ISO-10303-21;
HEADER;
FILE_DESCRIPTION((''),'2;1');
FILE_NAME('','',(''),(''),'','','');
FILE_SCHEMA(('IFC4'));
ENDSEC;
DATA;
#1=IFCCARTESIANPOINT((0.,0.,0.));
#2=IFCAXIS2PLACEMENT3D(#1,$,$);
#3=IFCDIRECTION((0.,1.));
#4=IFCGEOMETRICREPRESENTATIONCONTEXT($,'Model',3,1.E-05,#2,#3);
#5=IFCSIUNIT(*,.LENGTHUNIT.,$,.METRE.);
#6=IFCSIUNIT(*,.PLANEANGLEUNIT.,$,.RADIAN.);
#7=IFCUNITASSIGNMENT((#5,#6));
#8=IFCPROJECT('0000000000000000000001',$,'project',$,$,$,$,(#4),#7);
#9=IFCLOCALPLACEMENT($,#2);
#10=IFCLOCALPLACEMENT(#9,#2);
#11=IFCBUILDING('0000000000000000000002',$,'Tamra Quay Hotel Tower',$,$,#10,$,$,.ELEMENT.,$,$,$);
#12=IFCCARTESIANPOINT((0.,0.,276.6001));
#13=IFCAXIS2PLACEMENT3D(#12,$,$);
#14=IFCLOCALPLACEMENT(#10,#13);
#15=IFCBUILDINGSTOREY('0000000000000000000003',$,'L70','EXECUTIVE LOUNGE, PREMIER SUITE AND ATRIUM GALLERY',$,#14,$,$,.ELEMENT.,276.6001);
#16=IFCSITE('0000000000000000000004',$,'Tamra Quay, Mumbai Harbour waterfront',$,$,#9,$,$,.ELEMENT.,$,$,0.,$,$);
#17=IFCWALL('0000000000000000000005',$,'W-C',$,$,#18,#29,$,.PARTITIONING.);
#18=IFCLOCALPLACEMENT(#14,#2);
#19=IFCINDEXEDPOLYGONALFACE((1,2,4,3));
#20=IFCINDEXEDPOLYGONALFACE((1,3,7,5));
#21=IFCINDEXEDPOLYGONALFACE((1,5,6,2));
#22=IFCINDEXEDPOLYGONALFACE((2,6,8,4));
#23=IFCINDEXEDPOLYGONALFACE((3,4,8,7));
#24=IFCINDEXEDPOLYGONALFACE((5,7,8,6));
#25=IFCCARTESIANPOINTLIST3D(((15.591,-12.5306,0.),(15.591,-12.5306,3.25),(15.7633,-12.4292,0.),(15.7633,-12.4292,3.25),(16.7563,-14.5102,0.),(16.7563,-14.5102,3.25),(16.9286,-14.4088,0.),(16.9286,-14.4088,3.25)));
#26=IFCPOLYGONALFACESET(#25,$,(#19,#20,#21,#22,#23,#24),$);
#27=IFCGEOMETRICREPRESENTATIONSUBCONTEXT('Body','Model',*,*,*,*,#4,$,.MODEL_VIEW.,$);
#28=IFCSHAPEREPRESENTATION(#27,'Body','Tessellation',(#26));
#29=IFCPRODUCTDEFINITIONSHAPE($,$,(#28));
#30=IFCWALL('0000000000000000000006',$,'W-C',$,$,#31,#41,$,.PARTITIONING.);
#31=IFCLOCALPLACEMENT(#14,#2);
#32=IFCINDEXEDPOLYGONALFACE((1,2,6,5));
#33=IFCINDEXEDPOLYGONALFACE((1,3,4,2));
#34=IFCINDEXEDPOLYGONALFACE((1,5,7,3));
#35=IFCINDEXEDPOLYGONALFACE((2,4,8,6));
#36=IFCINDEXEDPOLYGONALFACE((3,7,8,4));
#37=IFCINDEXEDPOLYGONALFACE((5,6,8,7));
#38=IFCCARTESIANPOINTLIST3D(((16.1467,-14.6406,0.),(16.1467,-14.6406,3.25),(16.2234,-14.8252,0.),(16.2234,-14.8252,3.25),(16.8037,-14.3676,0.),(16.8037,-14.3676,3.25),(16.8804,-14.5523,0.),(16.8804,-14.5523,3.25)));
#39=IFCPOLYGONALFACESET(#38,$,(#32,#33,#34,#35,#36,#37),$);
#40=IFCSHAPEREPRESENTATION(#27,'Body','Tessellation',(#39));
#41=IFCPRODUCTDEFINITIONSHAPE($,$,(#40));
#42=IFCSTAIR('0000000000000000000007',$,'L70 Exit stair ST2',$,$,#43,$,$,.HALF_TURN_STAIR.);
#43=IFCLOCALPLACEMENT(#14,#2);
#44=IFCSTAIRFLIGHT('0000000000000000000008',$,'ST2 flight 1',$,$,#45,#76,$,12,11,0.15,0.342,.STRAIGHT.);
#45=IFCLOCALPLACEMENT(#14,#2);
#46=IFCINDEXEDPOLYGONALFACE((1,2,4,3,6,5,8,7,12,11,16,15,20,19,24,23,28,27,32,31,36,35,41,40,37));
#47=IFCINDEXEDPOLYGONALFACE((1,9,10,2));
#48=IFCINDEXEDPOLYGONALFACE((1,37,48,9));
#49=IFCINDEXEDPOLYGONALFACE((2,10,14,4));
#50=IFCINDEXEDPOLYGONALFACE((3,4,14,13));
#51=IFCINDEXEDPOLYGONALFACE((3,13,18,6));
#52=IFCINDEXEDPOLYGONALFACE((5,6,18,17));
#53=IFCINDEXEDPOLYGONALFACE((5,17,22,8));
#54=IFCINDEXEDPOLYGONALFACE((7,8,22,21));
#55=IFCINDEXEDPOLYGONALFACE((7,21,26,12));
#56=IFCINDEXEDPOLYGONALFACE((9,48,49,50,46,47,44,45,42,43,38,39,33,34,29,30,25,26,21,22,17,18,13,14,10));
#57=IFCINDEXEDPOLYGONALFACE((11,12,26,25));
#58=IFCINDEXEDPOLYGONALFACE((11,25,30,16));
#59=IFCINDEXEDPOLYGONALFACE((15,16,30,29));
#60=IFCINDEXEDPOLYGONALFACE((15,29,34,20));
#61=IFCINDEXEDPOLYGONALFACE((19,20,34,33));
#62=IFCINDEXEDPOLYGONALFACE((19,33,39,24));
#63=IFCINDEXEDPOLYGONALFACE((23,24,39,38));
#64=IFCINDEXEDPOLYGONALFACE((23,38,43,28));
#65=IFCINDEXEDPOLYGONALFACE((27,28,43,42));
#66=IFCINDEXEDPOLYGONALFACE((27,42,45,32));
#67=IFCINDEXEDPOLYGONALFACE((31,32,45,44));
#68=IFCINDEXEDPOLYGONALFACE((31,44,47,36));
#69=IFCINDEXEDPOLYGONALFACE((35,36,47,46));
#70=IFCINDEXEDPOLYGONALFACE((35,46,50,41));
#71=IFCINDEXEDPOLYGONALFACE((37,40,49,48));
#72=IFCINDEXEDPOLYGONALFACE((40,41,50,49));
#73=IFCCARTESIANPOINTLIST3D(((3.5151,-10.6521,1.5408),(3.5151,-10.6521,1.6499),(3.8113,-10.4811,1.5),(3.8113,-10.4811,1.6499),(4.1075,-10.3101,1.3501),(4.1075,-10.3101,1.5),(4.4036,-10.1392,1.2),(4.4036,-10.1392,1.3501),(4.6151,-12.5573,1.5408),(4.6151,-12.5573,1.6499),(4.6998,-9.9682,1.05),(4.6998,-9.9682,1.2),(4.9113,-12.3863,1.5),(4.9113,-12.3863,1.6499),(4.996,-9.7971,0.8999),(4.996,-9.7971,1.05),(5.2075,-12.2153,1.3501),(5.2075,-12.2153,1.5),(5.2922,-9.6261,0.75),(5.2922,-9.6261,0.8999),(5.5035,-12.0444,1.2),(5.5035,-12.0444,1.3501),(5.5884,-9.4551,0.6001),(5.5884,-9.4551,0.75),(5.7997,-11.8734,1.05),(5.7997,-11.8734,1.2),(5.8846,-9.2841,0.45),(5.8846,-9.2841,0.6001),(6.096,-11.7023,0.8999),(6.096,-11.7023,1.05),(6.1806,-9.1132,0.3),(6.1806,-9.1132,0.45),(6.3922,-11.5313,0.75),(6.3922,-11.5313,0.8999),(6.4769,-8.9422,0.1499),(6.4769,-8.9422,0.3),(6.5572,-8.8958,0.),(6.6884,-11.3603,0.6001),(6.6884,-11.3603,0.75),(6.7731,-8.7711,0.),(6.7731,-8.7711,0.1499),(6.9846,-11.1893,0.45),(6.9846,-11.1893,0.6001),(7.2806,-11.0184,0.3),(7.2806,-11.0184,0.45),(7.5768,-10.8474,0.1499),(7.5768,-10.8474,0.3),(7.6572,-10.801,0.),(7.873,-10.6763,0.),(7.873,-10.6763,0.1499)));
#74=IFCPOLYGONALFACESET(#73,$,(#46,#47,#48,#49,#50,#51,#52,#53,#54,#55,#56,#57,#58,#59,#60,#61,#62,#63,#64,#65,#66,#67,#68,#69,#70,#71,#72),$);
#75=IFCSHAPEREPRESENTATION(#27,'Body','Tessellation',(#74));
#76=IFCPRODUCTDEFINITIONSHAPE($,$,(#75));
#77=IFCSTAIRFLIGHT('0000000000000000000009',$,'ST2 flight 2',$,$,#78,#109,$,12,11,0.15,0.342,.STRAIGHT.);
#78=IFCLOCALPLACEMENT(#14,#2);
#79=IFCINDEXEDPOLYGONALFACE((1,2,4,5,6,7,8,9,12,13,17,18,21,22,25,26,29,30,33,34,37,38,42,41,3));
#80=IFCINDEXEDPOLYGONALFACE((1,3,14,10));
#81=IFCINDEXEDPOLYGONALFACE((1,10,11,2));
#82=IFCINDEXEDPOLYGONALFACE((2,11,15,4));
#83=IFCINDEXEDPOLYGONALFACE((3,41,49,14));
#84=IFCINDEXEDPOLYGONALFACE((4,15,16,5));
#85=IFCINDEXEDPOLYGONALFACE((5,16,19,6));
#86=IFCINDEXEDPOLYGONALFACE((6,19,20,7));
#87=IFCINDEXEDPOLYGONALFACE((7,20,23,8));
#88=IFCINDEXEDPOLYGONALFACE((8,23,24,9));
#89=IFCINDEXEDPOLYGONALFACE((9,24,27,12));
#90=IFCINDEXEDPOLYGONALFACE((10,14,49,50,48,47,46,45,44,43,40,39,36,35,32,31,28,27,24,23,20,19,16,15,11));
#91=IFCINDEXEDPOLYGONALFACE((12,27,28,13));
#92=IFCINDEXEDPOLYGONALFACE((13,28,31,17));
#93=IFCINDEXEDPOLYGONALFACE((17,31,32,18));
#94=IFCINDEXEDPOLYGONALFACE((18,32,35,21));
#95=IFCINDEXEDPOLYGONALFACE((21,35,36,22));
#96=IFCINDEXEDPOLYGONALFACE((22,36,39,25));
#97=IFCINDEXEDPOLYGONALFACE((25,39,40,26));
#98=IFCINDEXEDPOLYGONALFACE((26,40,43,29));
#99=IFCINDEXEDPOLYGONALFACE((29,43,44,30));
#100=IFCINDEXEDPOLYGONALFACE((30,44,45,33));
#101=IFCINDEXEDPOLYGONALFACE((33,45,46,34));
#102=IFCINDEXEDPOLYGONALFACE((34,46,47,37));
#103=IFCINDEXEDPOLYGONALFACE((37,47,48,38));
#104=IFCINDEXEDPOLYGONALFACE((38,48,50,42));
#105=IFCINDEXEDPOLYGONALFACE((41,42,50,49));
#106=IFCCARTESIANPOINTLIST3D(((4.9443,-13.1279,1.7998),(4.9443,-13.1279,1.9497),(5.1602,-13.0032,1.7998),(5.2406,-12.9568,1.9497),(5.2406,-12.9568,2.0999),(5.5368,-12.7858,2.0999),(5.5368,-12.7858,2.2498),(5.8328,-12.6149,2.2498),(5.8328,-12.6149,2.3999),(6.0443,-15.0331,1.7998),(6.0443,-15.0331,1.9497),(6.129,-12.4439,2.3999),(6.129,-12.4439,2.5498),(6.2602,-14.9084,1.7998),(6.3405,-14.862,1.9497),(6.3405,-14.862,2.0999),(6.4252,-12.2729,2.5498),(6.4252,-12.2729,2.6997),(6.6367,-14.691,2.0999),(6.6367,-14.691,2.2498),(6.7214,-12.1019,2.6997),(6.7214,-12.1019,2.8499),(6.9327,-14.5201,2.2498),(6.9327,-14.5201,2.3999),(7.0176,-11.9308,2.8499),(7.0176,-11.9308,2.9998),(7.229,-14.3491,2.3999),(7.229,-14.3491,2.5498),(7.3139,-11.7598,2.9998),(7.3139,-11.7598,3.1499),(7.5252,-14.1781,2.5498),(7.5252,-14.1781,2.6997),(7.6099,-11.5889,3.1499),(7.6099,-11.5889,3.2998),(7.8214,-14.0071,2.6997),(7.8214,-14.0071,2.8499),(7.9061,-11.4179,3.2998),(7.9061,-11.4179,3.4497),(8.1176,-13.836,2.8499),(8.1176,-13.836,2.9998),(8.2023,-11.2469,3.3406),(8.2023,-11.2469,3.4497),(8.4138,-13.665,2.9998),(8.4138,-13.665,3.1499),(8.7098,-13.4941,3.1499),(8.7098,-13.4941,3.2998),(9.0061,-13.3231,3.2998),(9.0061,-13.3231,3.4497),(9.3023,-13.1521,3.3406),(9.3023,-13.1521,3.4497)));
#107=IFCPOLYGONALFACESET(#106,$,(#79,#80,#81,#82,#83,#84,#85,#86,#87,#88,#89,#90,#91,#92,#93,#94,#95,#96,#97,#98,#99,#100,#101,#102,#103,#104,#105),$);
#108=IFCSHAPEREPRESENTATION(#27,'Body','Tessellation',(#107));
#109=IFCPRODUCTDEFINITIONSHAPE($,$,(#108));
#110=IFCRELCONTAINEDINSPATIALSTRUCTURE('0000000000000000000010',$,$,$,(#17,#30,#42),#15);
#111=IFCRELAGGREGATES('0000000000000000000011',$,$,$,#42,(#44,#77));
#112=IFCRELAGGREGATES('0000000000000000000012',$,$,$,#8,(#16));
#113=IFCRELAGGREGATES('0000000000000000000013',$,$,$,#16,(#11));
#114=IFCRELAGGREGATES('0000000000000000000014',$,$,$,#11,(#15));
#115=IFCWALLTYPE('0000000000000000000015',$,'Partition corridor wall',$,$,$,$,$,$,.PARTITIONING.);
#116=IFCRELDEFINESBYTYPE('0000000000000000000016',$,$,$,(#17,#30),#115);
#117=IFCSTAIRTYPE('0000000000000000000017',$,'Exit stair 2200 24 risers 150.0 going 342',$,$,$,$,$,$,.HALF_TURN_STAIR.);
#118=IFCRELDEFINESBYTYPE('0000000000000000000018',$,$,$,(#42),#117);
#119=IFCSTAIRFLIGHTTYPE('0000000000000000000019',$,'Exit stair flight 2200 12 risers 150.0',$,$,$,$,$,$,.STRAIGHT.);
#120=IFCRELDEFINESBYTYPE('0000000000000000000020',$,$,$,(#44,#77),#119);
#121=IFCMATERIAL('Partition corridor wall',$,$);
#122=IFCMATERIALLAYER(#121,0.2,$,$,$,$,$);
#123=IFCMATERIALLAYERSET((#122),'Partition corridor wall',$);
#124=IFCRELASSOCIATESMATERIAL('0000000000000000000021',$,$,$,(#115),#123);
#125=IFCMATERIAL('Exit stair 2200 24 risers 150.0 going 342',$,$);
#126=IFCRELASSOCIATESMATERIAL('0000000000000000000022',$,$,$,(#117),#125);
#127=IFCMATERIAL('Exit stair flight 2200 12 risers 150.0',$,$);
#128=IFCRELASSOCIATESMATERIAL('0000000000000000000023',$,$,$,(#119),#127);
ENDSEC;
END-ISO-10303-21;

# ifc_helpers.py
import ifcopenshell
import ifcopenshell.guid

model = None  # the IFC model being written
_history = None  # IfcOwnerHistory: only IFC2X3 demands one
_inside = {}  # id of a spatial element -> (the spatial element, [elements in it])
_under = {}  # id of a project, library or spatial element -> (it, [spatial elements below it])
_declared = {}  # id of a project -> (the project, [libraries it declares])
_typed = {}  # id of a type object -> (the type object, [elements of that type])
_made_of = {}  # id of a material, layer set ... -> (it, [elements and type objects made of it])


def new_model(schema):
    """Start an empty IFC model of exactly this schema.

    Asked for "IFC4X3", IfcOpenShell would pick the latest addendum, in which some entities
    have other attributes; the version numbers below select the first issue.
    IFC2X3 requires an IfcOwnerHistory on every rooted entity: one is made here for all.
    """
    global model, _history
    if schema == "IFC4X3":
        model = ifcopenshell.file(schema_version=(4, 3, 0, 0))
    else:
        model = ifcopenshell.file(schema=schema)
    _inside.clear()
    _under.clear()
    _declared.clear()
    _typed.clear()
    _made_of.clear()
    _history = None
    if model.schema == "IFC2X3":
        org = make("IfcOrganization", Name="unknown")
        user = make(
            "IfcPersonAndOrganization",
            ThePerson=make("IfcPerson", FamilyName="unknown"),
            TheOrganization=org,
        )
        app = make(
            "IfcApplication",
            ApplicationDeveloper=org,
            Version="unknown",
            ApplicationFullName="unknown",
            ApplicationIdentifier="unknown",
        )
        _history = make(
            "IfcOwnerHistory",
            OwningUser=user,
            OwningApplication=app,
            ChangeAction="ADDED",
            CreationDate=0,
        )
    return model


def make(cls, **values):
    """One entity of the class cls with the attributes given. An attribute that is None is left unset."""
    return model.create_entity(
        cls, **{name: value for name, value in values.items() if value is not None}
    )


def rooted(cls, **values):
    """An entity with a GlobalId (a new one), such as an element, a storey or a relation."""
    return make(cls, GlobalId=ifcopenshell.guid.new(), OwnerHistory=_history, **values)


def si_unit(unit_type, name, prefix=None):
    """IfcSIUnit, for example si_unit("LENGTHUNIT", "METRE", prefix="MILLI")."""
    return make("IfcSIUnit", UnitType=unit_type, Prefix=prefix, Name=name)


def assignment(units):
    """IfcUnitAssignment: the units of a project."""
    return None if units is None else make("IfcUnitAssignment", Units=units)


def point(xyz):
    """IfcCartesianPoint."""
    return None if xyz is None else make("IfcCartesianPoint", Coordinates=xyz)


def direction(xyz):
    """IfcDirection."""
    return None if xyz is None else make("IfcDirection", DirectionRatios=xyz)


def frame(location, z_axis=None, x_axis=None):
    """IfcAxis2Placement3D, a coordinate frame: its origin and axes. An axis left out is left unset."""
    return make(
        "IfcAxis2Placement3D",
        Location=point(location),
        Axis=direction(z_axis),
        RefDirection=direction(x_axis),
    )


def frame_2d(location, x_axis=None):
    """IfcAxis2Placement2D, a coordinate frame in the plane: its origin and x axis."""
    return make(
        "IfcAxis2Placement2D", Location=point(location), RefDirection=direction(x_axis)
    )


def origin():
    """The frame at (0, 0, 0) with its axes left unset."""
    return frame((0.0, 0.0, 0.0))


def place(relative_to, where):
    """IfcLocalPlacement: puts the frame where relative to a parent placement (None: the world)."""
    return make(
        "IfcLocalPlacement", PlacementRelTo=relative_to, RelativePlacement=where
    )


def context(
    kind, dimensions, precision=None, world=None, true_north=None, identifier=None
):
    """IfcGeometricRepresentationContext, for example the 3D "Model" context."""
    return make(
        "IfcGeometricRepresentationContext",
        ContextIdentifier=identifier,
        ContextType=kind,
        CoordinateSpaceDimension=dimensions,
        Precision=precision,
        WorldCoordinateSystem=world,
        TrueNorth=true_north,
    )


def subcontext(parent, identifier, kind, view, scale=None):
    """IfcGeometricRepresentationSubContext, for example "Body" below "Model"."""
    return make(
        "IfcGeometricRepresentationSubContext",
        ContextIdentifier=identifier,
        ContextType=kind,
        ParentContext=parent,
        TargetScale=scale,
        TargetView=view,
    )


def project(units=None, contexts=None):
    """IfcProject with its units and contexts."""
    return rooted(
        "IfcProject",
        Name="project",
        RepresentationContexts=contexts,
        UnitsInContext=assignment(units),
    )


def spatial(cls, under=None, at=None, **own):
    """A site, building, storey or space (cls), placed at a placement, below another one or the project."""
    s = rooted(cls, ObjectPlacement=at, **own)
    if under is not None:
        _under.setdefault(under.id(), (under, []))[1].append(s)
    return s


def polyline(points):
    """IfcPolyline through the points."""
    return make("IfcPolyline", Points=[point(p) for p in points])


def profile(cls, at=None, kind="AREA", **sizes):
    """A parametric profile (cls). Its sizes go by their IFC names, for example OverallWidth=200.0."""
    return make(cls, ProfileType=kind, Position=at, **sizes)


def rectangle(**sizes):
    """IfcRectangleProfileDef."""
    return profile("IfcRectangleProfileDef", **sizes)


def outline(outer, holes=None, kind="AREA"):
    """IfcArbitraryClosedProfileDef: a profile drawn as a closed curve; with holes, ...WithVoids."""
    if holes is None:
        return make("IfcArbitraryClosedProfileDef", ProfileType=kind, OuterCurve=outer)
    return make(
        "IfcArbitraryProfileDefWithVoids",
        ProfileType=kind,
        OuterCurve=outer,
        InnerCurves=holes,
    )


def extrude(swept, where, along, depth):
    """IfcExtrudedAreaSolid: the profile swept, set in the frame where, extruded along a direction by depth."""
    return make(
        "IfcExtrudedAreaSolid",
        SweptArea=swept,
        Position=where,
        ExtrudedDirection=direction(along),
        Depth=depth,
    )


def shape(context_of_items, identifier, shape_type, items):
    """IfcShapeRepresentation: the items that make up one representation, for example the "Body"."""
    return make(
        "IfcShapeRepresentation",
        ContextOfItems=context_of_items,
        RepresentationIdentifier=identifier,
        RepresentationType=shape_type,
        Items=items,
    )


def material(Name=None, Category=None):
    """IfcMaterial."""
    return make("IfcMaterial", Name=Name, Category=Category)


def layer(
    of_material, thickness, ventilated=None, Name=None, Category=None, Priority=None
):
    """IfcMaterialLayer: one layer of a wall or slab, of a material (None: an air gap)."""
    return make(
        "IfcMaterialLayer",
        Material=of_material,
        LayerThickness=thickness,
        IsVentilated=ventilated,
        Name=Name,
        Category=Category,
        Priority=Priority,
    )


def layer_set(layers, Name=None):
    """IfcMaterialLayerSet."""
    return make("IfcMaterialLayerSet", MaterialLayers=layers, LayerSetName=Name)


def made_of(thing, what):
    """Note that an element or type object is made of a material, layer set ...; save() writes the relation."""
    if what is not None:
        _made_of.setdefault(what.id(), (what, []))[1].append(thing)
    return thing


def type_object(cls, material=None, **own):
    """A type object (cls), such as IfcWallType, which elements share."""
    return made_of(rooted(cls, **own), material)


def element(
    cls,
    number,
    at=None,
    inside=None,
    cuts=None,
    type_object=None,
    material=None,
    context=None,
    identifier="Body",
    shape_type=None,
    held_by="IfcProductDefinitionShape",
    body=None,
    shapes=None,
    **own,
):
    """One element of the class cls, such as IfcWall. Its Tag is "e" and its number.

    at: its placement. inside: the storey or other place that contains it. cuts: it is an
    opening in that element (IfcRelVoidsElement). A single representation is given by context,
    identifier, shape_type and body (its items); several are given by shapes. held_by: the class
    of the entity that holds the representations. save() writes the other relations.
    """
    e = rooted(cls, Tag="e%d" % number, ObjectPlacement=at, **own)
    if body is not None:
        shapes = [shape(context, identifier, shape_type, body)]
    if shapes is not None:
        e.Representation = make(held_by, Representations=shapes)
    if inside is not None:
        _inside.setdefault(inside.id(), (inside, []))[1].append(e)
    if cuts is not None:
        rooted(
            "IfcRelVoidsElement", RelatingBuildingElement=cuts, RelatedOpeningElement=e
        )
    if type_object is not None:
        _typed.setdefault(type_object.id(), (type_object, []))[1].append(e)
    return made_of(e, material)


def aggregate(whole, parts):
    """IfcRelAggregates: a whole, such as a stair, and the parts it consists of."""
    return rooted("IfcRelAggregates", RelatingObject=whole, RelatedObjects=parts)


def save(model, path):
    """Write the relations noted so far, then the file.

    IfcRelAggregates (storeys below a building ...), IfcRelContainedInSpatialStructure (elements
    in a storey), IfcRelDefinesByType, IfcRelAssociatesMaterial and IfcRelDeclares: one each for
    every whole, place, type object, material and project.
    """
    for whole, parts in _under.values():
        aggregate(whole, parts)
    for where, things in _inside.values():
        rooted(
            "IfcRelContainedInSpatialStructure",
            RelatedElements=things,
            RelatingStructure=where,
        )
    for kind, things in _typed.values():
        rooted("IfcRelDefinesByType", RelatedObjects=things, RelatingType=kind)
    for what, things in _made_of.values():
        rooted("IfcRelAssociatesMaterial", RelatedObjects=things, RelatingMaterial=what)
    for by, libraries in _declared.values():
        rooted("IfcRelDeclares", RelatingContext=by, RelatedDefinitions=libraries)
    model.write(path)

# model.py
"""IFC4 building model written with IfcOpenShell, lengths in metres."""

from ifc_helpers import new_model, si_unit, direction, frame, frame_2d, origin, place, context, subcontext, project, spatial, polyline, rectangle, outline, extrude, material, layer, layer_set, type_object, element, aggregate, save


model = new_model("IFC4")

# Units and contexts
model_context = context("Model", 3, precision=1e-05, world=origin(), true_north=direction((0.0, 1.0)))
body_context = subcontext(model_context, "Body", "Model", "MODEL_VIEW")
ifc_project = project(units=[si_unit("LENGTHUNIT", "METRE"), si_unit("PLANEANGLEUNIT", "RADIAN")], contexts=[model_context])

# Site, building, storey
site_placement = place(None, origin())
site = spatial("IfcSite", under=ifc_project, at=site_placement, Name="Tamra Quay, Mumbai Harbour waterfront", CompositionType="ELEMENT", RefElevation=0.0)
building_placement = place(site_placement, origin())
building = spatial("IfcBuilding", under=site, at=building_placement, Name="Tamra Quay Hotel Tower", CompositionType="ELEMENT")
storey_placement = place(building_placement, frame((0.0, 0.0, 276.6001)))
storey = spatial("IfcBuildingStorey", under=building, at=storey_placement, Name="L70", Description="EXECUTIVE LOUNGE, PREMIER SUITE AND ATRIUM GALLERY", CompositionType="ELEMENT", Elevation=276.6001)

# Walls
ifc_material_1 = material(Name="Partition corridor wall")
ifc_layer_1 = layer(ifc_material_1, 0.2)
ifc_layer_set_1 = layer_set([ifc_layer_1], Name="Partition corridor wall")
wall_type_1 = type_object("IfcWallType", Name="Partition corridor wall", PredefinedType="PARTITIONING", material=ifc_layer_set_1)
wall_1_placement = place(storey_placement, frame((15.6772, -12.48, 0.0), z_axis=(0.0, 0.0, 1.0), x_axis=(0.507257, -0.861795, 0.0)))
element("IfcWall", 1, at=wall_1_placement, inside=storey, type_object=wall_type_1, Name="W-C", PredefinedType="PARTITIONING", context=body_context, shape_type="SweptSolid", body=[
    extrude(rectangle(XDim=2.2971, YDim=0.2, at=frame_2d((1.1484, 0.0))), origin(), (0.0, 0.0, 1.0), 3.25),
])
wall_2_placement = place(storey_placement, frame((16.1851, -14.7329, 0.0), z_axis=(0.0, 0.0, 1.0), x_axis=(0.923472, 0.383665, 0.0)))
element("IfcWall", 2, at=wall_2_placement, inside=storey, type_object=wall_type_1, Name="W-C", PredefinedType="PARTITIONING", context=body_context, shape_type="SweptSolid", body=[
    extrude(rectangle(XDim=0.7114, YDim=0.2, at=frame_2d((0.3557, 0.0))), origin(), (0.0, 0.0, 1.0), 3.25),
])

# Stair, stair flights
ifc_material_2 = material(Name="Exit stair 2200 24 risers 150.0 going 342")
stair_type = type_object("IfcStairType", Name="Exit stair 2200 24 risers 150.0 going 342", PredefinedType="HALF_TURN_STAIR", material=ifc_material_2)
stair_placement = place(storey_placement, origin())
stair = element("IfcStair", 3, at=stair_placement, inside=storey, type_object=stair_type, Name="L70 Exit stair ST2", PredefinedType="HALF_TURN_STAIR")
ifc_material_3 = material(Name="Exit stair flight 2200 12 risers 150.0")
stair_flight_type = type_object("IfcStairFlightType", Name="Exit stair flight 2200 12 risers 150.0", PredefinedType="STRAIGHT", material=ifc_material_3)
stair_flight_1_placement = place(storey_placement, frame((7.323, -9.7236, 0.0), z_axis=(0.0, 0.0, 1.0), x_axis=(-0.866025, -0.5, 0.0)))
stair_flight_1 = element("IfcStairFlight", 4, at=stair_flight_1_placement, type_object=stair_flight_type, Name="ST2 flight 1", NumberOfRisers=12, NumberOfTreads=11, PredefinedType="STRAIGHT", RiserHeight=0.15, TreadLength=0.342, context=body_context, shape_type="SweptSolid", body=[
    extrude(outline(polyline([(0.0, 0.0), (0.0, 0.1499), (0.342, 0.1499), (0.342, 0.3), (0.6841, 0.3), (0.6841, 0.45), (1.0259, 0.45), (1.0259, 0.6001), (1.3679, 0.6001), (1.3679, 0.75), (1.71, 0.75), (1.71, 0.8999), (2.052, 0.8999), (2.052, 1.05), (2.394, 1.05), (2.394, 1.2), (2.7361, 1.2), (2.7361, 1.3501), (3.0779, 1.3501), (3.0779, 1.5), (3.4199, 1.5), (3.4199, 1.6499), (3.762, 1.6499), (3.762, 1.8), (3.762, 1.5408), (0.2493, 0.0), (0.0, 0.0)])), frame((0.0, 1.1001, 0.0), z_axis=(0.0, -1.0, 0.0), x_axis=(1.0, 0.0, 0.0)), (0.0, 0.0, 1.0), 2.2),
])
stair_flight_2_placement = place(storey_placement, frame((5.4944, -14.0806, 1.7998), z_axis=(0.0, 0.0, 1.0), x_axis=(0.866025, 0.5, 0.0)))
stair_flight_2 = element("IfcStairFlight", 5, at=stair_flight_2_placement, type_object=stair_flight_type, Name="ST2 flight 2", NumberOfRisers=12, NumberOfTreads=11, PredefinedType="STRAIGHT", RiserHeight=0.15, TreadLength=0.342, context=body_context, shape_type="SweptSolid", body=[
    extrude(outline(polyline([(0.0, 0.0), (0.0, 0.1499), (0.342, 0.1499), (0.342, 0.3), (0.6841, 0.3), (0.6841, 0.45), (1.0259, 0.45), (1.0259, 0.6001), (1.3679, 0.6001), (1.3679, 0.75), (1.71, 0.75), (1.71, 0.8999), (2.052, 0.8999), (2.052, 1.05), (2.394, 1.05), (2.394, 1.2), (2.7361, 1.2), (2.7361, 1.3501), (3.0779, 1.3501), (3.0779, 1.5), (3.4199, 1.5), (3.4199, 1.6499), (3.762, 1.6499), (3.762, 1.8), (3.762, 1.5408), (0.2493, 0.0), (0.0, 0.0)])), frame((0.0, 1.1001, 0.0), z_axis=(0.0, -1.0, 0.0), x_axis=(1.0, 0.0, 0.0)), (0.0, 0.0, 1.0), 2.2),
])
aggregate(stair, [stair_flight_1, stair_flight_2])

save(model, "model.ifc")
